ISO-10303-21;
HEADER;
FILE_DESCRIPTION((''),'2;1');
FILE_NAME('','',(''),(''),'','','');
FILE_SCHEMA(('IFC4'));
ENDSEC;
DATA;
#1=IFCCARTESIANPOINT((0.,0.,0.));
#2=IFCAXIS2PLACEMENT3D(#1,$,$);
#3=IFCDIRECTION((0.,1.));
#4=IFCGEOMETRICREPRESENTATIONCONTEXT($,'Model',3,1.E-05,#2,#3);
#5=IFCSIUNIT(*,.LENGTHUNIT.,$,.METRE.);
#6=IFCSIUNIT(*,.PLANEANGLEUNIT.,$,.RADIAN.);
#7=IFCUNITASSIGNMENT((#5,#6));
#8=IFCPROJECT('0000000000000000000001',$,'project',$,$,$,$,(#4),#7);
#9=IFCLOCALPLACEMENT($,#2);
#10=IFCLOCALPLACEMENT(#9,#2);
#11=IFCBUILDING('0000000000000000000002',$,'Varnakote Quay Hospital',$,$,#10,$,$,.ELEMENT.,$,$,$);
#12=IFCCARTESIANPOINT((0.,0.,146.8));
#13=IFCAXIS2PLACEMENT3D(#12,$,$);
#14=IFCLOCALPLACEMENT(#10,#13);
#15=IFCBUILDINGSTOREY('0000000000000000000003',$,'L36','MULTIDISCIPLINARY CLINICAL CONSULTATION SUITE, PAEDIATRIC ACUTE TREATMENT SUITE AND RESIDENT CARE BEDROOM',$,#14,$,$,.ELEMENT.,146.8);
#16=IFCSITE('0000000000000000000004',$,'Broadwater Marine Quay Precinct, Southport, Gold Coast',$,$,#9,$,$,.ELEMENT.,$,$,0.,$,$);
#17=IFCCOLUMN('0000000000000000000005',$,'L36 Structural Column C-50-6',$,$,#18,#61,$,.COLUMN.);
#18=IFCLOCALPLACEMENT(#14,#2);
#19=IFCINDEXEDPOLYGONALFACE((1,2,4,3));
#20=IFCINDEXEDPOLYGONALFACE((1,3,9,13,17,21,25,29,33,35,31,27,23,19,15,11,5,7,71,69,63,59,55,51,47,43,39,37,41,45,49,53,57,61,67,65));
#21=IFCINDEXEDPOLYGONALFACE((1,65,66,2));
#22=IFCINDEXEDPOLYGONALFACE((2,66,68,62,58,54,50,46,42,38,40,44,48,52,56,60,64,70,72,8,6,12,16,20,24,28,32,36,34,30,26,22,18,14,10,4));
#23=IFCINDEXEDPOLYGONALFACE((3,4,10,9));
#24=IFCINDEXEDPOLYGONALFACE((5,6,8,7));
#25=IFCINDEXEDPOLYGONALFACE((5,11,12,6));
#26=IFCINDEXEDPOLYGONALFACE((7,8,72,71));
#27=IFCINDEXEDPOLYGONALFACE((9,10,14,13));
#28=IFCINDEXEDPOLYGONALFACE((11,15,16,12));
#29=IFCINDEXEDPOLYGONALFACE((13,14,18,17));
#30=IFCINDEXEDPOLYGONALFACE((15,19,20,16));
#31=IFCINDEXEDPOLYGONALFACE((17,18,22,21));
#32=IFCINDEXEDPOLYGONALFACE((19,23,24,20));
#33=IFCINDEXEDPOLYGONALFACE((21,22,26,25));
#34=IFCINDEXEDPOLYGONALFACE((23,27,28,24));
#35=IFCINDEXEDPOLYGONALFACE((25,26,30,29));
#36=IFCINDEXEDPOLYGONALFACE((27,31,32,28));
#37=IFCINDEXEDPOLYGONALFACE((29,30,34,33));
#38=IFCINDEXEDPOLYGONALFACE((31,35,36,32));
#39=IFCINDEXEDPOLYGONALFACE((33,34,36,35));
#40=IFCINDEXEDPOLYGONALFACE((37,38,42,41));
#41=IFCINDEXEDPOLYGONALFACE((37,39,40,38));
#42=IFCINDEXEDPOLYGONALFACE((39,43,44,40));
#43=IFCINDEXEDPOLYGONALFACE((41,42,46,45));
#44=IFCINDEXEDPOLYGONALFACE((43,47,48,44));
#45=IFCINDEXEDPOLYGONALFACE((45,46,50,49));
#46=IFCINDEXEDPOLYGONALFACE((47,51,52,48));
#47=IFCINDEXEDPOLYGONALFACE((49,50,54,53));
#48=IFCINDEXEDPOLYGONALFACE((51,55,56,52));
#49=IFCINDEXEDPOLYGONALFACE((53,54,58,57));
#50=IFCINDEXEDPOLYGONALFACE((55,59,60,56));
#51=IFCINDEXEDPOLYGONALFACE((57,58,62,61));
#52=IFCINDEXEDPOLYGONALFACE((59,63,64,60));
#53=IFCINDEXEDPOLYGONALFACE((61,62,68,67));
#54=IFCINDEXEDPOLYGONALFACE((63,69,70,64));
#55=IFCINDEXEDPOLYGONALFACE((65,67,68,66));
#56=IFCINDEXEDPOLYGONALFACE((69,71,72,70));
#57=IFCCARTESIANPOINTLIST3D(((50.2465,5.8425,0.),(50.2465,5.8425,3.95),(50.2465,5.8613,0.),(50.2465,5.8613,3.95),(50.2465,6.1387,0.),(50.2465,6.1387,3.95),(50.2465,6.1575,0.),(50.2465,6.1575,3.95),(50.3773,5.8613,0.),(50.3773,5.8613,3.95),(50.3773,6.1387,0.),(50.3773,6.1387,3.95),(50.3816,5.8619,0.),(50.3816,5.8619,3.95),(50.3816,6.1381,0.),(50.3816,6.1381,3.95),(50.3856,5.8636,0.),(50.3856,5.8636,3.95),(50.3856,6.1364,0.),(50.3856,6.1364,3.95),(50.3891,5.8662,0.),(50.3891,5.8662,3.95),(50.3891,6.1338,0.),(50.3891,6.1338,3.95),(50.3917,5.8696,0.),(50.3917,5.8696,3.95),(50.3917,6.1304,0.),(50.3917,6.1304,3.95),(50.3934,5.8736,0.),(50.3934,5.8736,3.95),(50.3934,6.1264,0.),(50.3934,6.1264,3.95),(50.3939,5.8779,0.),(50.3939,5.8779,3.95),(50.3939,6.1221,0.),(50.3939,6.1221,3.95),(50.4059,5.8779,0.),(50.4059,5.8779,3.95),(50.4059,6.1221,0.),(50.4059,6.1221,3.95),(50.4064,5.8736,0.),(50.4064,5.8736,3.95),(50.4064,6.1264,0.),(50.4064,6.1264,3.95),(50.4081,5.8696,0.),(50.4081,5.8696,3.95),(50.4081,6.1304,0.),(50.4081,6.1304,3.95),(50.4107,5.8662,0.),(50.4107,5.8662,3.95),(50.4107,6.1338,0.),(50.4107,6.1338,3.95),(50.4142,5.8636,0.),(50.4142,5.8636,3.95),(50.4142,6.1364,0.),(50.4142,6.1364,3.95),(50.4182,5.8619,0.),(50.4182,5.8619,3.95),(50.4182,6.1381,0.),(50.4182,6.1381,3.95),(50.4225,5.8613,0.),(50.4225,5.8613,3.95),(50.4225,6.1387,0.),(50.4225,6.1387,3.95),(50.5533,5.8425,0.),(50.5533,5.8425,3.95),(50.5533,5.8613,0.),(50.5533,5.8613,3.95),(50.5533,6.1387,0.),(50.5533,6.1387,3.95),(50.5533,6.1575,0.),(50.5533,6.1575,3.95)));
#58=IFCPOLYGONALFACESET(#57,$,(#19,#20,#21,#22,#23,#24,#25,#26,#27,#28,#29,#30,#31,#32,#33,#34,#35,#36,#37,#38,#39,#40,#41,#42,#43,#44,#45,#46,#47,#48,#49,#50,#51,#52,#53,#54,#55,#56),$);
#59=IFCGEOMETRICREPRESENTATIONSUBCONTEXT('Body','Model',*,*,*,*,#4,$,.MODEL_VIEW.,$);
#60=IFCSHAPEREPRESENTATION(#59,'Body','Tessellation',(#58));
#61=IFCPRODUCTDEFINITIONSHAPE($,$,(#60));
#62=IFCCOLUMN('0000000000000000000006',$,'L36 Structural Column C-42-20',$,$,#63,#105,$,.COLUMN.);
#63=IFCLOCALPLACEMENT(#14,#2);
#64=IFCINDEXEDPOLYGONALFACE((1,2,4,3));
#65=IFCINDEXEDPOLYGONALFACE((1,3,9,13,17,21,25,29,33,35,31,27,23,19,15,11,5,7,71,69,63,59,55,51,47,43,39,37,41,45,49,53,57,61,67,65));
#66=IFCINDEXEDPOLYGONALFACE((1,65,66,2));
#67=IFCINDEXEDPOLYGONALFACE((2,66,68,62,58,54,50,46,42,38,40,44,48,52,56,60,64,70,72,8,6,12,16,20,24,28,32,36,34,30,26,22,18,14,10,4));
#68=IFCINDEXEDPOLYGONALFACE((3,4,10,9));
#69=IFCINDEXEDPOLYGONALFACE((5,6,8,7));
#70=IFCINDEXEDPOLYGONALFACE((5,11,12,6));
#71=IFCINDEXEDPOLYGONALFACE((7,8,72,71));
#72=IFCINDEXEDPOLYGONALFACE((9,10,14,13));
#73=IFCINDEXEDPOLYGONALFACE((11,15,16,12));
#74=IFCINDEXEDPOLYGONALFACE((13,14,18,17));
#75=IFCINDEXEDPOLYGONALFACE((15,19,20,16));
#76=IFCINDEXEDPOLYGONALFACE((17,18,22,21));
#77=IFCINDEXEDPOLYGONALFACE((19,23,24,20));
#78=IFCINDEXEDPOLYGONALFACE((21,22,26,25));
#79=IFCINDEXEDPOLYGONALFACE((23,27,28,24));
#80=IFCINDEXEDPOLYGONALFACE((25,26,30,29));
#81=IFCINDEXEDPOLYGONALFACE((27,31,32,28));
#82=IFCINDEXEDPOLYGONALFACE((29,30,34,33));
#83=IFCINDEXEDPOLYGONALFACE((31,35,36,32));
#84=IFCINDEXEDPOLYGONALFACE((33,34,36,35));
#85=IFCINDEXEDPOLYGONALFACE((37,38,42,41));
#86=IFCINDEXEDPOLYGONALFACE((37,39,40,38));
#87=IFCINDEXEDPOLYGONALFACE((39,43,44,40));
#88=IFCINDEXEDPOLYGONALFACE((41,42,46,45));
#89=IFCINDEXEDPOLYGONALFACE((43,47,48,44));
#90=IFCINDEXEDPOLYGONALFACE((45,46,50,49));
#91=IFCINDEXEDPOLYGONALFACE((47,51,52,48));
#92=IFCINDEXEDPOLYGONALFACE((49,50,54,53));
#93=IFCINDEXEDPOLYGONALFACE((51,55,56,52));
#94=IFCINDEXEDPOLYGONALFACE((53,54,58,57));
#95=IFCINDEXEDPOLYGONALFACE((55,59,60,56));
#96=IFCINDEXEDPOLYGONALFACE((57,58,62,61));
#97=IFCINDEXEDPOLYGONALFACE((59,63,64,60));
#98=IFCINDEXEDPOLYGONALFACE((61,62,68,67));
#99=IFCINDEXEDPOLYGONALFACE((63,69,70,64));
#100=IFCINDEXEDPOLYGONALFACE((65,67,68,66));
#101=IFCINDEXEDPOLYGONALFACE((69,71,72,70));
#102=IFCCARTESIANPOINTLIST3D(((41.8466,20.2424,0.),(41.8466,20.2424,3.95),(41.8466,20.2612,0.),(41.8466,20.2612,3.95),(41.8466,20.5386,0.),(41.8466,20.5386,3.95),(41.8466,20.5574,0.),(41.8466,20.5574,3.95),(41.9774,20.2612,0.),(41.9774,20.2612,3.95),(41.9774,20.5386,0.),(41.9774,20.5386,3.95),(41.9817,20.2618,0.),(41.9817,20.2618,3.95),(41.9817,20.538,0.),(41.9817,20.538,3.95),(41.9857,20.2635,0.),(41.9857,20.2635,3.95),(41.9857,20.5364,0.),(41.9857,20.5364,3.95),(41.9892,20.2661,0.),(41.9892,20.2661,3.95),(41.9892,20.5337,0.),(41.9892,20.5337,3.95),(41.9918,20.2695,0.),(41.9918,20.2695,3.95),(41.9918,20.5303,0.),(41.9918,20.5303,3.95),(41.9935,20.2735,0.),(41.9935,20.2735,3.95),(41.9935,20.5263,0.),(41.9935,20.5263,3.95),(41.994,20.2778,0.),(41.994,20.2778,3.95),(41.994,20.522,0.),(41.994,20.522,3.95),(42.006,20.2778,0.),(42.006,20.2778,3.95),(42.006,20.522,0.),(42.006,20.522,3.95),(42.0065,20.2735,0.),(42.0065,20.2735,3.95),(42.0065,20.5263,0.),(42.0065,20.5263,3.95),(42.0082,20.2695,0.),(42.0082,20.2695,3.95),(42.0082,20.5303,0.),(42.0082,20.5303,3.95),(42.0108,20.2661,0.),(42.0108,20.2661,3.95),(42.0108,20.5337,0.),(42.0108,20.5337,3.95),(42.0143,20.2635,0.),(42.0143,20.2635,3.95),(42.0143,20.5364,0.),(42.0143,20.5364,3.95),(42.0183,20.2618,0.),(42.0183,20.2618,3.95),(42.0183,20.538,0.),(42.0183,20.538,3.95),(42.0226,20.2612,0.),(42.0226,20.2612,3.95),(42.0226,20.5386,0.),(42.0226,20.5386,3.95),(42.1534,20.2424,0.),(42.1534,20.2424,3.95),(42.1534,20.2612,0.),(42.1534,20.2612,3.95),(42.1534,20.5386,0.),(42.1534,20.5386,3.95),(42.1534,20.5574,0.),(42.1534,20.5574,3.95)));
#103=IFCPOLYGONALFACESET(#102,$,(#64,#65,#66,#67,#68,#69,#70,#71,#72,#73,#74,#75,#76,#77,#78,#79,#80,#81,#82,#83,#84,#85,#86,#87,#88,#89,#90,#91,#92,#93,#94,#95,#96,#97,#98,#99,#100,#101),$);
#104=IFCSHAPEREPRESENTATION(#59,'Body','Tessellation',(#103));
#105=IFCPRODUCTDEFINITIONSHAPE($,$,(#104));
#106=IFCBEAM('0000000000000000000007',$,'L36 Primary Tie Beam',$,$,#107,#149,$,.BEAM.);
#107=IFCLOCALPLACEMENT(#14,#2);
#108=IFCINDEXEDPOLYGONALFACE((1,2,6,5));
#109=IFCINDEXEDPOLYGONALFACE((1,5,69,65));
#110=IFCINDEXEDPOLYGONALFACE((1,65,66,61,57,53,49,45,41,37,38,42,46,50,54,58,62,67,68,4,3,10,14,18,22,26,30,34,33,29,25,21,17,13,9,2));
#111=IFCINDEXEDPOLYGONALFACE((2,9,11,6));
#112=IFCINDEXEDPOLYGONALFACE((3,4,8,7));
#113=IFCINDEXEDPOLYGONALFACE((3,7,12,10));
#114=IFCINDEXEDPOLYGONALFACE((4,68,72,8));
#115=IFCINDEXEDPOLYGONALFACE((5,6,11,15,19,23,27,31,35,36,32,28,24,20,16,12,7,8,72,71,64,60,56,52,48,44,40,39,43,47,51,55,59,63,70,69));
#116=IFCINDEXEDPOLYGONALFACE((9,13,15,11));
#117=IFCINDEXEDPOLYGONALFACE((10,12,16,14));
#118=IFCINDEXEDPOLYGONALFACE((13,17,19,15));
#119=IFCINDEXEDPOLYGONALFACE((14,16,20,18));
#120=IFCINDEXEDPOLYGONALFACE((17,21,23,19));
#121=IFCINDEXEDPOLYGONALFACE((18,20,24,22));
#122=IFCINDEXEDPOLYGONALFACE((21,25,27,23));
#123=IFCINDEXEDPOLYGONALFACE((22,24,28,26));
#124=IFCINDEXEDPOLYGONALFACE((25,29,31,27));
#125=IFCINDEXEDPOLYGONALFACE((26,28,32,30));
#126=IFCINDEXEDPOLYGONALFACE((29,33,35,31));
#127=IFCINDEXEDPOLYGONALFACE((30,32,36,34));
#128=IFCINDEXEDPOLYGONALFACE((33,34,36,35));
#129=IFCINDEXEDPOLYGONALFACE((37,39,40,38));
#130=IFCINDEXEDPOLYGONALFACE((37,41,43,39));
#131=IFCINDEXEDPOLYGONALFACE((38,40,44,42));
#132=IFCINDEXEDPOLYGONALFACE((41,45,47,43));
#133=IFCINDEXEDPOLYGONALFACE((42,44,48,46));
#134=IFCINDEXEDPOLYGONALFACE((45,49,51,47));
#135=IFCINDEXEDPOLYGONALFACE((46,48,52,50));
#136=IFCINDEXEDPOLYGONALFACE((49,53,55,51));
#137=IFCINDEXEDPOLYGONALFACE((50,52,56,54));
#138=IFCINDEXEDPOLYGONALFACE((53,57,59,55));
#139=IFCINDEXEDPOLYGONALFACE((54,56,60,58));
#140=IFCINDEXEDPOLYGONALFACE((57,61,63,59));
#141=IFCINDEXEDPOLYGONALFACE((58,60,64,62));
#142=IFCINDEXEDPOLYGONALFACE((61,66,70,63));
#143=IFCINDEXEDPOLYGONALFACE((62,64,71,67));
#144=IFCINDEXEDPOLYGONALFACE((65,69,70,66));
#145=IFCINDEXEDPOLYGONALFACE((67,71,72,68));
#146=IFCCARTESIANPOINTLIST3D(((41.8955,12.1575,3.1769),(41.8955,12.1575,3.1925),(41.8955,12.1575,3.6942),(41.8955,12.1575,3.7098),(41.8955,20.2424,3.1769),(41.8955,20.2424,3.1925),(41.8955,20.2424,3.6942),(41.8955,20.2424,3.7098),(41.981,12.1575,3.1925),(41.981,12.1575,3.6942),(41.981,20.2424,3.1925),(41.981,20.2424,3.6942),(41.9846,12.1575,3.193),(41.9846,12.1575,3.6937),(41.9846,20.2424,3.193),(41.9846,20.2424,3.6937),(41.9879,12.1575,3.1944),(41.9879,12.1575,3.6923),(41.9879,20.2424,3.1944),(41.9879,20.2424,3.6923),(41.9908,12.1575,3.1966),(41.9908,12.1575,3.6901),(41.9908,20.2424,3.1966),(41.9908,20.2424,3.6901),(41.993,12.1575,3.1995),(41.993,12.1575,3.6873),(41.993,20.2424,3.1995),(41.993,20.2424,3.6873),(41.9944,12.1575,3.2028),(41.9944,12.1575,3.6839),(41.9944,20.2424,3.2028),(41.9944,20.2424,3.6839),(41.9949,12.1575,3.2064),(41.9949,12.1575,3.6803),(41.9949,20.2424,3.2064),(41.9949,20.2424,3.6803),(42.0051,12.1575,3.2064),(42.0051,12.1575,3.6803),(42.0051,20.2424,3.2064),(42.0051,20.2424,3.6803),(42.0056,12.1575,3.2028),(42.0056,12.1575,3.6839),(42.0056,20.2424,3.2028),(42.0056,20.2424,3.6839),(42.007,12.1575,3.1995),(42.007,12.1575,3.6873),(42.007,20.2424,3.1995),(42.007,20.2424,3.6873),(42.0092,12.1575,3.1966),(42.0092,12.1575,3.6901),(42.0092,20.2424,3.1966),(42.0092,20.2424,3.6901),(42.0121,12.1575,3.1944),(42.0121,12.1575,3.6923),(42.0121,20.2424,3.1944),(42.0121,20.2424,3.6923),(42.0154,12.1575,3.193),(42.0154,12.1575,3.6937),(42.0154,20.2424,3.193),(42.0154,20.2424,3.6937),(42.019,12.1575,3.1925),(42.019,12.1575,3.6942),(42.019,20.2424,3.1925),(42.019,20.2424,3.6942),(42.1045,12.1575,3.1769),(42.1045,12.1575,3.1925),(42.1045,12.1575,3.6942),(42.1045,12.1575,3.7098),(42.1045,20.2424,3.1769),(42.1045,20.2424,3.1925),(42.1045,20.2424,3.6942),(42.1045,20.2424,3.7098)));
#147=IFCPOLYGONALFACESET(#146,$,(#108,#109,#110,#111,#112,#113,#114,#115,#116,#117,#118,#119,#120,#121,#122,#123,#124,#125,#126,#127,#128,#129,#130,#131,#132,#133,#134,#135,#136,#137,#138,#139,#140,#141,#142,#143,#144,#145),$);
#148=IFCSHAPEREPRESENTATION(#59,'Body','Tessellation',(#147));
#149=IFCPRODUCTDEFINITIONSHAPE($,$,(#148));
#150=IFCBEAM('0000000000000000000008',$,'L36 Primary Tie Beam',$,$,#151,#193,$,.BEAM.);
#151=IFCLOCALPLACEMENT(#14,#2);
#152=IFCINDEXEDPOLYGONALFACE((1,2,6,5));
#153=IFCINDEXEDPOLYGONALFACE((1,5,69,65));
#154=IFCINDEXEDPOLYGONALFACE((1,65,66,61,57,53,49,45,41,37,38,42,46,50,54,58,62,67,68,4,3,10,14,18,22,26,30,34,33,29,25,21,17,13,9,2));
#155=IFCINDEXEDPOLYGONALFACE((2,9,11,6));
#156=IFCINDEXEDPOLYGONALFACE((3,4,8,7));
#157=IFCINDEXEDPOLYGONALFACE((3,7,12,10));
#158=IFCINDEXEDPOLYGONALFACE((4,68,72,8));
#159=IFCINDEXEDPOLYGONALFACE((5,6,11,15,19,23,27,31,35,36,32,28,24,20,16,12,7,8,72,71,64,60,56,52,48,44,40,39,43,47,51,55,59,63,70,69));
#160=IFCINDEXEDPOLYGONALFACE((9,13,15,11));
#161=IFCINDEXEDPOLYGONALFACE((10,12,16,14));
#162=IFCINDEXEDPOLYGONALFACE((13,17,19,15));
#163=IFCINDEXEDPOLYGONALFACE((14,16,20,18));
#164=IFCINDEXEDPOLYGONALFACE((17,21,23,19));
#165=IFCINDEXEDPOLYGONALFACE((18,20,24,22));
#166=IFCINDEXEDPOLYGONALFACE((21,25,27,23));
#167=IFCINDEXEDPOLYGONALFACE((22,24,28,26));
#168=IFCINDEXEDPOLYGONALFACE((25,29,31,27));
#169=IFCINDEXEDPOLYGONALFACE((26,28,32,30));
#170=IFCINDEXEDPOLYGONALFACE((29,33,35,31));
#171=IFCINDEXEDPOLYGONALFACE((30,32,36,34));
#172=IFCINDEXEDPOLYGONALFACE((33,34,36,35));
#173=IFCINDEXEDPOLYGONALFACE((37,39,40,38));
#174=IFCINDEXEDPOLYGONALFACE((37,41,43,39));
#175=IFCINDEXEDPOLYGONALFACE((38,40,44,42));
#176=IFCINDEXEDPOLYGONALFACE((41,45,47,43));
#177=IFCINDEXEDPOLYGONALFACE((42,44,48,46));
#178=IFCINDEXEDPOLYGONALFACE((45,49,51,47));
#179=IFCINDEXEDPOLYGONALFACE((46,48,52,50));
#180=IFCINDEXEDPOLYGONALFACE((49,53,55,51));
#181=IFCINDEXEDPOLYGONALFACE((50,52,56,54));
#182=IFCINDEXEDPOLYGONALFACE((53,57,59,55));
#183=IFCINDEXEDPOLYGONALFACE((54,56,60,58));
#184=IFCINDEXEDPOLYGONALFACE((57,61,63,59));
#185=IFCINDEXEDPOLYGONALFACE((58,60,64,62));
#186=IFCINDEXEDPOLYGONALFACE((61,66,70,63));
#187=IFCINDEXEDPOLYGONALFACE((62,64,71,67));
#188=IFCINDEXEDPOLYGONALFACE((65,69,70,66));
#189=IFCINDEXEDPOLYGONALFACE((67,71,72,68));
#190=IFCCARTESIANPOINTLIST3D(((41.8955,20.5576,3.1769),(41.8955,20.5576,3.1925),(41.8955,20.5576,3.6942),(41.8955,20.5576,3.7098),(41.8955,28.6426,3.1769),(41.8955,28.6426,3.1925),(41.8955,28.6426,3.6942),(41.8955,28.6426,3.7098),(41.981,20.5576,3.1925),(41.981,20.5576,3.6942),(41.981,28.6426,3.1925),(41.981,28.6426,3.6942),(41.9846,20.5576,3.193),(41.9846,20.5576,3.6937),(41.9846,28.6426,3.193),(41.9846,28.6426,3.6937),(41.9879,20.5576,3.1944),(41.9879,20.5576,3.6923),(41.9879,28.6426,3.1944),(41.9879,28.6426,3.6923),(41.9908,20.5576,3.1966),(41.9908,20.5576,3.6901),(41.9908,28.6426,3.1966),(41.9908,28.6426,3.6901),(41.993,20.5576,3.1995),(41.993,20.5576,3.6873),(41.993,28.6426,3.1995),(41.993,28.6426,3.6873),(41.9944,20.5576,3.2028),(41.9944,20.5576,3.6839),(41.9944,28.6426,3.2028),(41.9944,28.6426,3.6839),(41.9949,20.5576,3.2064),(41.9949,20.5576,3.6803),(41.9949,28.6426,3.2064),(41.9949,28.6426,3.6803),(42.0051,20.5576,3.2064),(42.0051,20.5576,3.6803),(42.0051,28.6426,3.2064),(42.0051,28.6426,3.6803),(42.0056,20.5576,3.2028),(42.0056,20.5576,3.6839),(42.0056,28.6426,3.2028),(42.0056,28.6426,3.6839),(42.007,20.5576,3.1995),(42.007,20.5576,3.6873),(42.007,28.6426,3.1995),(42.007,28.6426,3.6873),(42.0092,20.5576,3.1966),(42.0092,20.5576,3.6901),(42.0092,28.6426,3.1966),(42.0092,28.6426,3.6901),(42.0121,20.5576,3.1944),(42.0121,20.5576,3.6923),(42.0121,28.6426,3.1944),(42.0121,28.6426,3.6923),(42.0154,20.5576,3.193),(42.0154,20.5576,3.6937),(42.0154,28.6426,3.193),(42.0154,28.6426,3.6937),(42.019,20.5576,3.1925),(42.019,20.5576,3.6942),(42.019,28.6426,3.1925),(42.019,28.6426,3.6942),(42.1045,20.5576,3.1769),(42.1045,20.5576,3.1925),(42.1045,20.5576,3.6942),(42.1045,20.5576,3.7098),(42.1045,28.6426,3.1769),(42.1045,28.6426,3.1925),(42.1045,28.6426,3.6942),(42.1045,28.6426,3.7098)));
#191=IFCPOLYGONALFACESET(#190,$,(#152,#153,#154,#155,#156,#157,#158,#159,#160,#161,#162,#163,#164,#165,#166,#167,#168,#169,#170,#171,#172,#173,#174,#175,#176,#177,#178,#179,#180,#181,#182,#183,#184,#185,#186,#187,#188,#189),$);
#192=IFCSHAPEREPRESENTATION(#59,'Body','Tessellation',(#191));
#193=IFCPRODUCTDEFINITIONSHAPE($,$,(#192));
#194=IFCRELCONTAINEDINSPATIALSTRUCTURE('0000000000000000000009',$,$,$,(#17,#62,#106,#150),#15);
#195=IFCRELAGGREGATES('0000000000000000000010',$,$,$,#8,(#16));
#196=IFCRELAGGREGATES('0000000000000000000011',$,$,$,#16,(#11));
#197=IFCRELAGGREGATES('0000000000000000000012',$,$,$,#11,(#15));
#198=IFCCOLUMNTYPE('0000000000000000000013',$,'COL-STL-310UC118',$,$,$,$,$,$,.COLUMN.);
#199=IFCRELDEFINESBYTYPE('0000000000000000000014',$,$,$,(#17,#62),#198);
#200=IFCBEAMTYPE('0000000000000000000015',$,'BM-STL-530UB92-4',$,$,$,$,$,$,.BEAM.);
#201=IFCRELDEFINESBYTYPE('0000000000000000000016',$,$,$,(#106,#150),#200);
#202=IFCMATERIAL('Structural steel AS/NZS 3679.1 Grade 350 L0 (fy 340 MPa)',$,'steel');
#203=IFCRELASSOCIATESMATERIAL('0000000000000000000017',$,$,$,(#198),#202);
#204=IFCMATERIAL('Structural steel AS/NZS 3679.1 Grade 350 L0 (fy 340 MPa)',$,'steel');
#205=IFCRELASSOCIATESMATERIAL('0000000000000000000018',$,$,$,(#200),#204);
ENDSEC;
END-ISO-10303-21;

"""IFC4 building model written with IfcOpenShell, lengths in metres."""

from ifc_helpers import new_model, si_unit, direction, frame, origin, origin_2d, place, context, subcontext, project, spatial, i_section, extrude, material, material_profile, profile_set, type_object, element, save


model = new_model("IFC4")

# Units and contexts
model_context = context("Model", 3, precision=1e-05, world=origin(), true_north=direction((0.0, 1.0)))
body_context = subcontext(model_context, "Body", "Model", "MODEL_VIEW")
ifc_project = project(units=[si_unit("LENGTHUNIT", "METRE"), si_unit("PLANEANGLEUNIT", "RADIAN")], contexts=[model_context])

# Site, building, storey
site_placement = place(None, origin())
site = spatial("IfcSite", under=ifc_project, at=site_placement, Name="Broadwater Marine Quay Precinct, Southport, Gold Coast", CompositionType="ELEMENT", RefElevation=0.0)
building_placement = place(site_placement, origin())
building = spatial("IfcBuilding", under=site, at=building_placement, Name="Varnakote Quay Hospital", CompositionType="ELEMENT")
storey_placement = place(building_placement, frame((0.0, 0.0, 146.8)))
storey = spatial("IfcBuildingStorey", under=building, at=storey_placement, Name="L36", Description="MULTIDISCIPLINARY CLINICAL CONSULTATION SUITE, PAEDIATRIC ACUTE TREATMENT SUITE AND RESIDENT CARE BEDROOM", CompositionType="ELEMENT", Elevation=146.8)

# Columns
ifc_material_1 = material(Name="Structural steel AS/NZS 3679.1 Grade 350 L0 (fy 340 MPa)", Category="steel")
ifc_material_profile_1 = material_profile(ifc_material_1, i_section(OverallWidth=0.3069, OverallDepth=0.3149, WebThickness=0.012, FlangeThickness=0.0188, FilletRadius=0.0166, at=origin_2d()), Name="310UC118")
ifc_profile_set_1 = profile_set([ifc_material_profile_1], Name="Structural steel AS/NZS 3679.1 Grade 350 L0 (fy 340 MPa)")
column_type = type_object("IfcColumnType", Name="COL-STL-310UC118", PredefinedType="COLUMN", material=ifc_profile_set_1)
for number, where, z_axis, x_axis, name in (
    (1, (50.3999, 6.0, 0.0), (0.0, 0.0, 1.0), (1.0, 0.0, 0.0), "L36 Structural Column C-50-6"),
    (2, (42.0, 20.3999, 0.0), (0.0, 0.0, 1.0), (1.0, 0.0, 0.0), "L36 Structural Column C-42-20"),
):
    element("IfcColumn", number, at=place(storey_placement, frame(where, z_axis=z_axis, x_axis=x_axis)), inside=storey, type_object=column_type, Name=name, PredefinedType="COLUMN", context=body_context, shape_type="SweptSolid", body=[
        extrude(i_section(OverallWidth=0.3069, OverallDepth=0.3149, WebThickness=0.012, FlangeThickness=0.0188, FilletRadius=0.0166, at=origin_2d()), origin(), (0.0, 0.0, 1.0), 3.95),
    ])

# Beams
ifc_material_2 = material(Name="Structural steel AS/NZS 3679.1 Grade 350 L0 (fy 340 MPa)", Category="steel")
ifc_material_profile_2 = material_profile(ifc_material_2, i_section(OverallWidth=0.209, OverallDepth=0.533, WebThickness=0.0103, FlangeThickness=0.0156, FilletRadius=0.0139, at=origin_2d()), Name="530UB92.4")
ifc_profile_set_2 = profile_set([ifc_material_profile_2], Name="Structural steel AS/NZS 3679.1 Grade 350 L0 (fy 340 MPa)")
beam_type_1 = type_object("IfcBeamType", Name="BM-STL-530UB92-4", PredefinedType="BEAM", material=ifc_profile_set_2)
for number, where, z_axis, x_axis, name in (
    (3, (42.0, 12.1575, 3.4434), (0.0, 1.0, 0.0), (-1.0, 0.0, 0.0), "L36 Primary Tie Beam"),
    (4, (42.0, 20.5576, 3.4434), (0.0, 1.0, 0.0), (-1.0, 0.0, 0.0), "L36 Primary Tie Beam"),
):
    element("IfcBeam", number, at=place(storey_placement, frame(where, z_axis=z_axis, x_axis=x_axis)), inside=storey, type_object=beam_type_1, Name=name, PredefinedType="BEAM", context=body_context, shape_type="SweptSolid", body=[
        extrude(i_section(OverallWidth=0.209, OverallDepth=0.533, WebThickness=0.0103, FlangeThickness=0.0156, FilletRadius=0.0139, at=origin_2d()), origin(), (0.0, 0.0, 1.0), 8.085),
    ])

save(model, "model.ifc")
